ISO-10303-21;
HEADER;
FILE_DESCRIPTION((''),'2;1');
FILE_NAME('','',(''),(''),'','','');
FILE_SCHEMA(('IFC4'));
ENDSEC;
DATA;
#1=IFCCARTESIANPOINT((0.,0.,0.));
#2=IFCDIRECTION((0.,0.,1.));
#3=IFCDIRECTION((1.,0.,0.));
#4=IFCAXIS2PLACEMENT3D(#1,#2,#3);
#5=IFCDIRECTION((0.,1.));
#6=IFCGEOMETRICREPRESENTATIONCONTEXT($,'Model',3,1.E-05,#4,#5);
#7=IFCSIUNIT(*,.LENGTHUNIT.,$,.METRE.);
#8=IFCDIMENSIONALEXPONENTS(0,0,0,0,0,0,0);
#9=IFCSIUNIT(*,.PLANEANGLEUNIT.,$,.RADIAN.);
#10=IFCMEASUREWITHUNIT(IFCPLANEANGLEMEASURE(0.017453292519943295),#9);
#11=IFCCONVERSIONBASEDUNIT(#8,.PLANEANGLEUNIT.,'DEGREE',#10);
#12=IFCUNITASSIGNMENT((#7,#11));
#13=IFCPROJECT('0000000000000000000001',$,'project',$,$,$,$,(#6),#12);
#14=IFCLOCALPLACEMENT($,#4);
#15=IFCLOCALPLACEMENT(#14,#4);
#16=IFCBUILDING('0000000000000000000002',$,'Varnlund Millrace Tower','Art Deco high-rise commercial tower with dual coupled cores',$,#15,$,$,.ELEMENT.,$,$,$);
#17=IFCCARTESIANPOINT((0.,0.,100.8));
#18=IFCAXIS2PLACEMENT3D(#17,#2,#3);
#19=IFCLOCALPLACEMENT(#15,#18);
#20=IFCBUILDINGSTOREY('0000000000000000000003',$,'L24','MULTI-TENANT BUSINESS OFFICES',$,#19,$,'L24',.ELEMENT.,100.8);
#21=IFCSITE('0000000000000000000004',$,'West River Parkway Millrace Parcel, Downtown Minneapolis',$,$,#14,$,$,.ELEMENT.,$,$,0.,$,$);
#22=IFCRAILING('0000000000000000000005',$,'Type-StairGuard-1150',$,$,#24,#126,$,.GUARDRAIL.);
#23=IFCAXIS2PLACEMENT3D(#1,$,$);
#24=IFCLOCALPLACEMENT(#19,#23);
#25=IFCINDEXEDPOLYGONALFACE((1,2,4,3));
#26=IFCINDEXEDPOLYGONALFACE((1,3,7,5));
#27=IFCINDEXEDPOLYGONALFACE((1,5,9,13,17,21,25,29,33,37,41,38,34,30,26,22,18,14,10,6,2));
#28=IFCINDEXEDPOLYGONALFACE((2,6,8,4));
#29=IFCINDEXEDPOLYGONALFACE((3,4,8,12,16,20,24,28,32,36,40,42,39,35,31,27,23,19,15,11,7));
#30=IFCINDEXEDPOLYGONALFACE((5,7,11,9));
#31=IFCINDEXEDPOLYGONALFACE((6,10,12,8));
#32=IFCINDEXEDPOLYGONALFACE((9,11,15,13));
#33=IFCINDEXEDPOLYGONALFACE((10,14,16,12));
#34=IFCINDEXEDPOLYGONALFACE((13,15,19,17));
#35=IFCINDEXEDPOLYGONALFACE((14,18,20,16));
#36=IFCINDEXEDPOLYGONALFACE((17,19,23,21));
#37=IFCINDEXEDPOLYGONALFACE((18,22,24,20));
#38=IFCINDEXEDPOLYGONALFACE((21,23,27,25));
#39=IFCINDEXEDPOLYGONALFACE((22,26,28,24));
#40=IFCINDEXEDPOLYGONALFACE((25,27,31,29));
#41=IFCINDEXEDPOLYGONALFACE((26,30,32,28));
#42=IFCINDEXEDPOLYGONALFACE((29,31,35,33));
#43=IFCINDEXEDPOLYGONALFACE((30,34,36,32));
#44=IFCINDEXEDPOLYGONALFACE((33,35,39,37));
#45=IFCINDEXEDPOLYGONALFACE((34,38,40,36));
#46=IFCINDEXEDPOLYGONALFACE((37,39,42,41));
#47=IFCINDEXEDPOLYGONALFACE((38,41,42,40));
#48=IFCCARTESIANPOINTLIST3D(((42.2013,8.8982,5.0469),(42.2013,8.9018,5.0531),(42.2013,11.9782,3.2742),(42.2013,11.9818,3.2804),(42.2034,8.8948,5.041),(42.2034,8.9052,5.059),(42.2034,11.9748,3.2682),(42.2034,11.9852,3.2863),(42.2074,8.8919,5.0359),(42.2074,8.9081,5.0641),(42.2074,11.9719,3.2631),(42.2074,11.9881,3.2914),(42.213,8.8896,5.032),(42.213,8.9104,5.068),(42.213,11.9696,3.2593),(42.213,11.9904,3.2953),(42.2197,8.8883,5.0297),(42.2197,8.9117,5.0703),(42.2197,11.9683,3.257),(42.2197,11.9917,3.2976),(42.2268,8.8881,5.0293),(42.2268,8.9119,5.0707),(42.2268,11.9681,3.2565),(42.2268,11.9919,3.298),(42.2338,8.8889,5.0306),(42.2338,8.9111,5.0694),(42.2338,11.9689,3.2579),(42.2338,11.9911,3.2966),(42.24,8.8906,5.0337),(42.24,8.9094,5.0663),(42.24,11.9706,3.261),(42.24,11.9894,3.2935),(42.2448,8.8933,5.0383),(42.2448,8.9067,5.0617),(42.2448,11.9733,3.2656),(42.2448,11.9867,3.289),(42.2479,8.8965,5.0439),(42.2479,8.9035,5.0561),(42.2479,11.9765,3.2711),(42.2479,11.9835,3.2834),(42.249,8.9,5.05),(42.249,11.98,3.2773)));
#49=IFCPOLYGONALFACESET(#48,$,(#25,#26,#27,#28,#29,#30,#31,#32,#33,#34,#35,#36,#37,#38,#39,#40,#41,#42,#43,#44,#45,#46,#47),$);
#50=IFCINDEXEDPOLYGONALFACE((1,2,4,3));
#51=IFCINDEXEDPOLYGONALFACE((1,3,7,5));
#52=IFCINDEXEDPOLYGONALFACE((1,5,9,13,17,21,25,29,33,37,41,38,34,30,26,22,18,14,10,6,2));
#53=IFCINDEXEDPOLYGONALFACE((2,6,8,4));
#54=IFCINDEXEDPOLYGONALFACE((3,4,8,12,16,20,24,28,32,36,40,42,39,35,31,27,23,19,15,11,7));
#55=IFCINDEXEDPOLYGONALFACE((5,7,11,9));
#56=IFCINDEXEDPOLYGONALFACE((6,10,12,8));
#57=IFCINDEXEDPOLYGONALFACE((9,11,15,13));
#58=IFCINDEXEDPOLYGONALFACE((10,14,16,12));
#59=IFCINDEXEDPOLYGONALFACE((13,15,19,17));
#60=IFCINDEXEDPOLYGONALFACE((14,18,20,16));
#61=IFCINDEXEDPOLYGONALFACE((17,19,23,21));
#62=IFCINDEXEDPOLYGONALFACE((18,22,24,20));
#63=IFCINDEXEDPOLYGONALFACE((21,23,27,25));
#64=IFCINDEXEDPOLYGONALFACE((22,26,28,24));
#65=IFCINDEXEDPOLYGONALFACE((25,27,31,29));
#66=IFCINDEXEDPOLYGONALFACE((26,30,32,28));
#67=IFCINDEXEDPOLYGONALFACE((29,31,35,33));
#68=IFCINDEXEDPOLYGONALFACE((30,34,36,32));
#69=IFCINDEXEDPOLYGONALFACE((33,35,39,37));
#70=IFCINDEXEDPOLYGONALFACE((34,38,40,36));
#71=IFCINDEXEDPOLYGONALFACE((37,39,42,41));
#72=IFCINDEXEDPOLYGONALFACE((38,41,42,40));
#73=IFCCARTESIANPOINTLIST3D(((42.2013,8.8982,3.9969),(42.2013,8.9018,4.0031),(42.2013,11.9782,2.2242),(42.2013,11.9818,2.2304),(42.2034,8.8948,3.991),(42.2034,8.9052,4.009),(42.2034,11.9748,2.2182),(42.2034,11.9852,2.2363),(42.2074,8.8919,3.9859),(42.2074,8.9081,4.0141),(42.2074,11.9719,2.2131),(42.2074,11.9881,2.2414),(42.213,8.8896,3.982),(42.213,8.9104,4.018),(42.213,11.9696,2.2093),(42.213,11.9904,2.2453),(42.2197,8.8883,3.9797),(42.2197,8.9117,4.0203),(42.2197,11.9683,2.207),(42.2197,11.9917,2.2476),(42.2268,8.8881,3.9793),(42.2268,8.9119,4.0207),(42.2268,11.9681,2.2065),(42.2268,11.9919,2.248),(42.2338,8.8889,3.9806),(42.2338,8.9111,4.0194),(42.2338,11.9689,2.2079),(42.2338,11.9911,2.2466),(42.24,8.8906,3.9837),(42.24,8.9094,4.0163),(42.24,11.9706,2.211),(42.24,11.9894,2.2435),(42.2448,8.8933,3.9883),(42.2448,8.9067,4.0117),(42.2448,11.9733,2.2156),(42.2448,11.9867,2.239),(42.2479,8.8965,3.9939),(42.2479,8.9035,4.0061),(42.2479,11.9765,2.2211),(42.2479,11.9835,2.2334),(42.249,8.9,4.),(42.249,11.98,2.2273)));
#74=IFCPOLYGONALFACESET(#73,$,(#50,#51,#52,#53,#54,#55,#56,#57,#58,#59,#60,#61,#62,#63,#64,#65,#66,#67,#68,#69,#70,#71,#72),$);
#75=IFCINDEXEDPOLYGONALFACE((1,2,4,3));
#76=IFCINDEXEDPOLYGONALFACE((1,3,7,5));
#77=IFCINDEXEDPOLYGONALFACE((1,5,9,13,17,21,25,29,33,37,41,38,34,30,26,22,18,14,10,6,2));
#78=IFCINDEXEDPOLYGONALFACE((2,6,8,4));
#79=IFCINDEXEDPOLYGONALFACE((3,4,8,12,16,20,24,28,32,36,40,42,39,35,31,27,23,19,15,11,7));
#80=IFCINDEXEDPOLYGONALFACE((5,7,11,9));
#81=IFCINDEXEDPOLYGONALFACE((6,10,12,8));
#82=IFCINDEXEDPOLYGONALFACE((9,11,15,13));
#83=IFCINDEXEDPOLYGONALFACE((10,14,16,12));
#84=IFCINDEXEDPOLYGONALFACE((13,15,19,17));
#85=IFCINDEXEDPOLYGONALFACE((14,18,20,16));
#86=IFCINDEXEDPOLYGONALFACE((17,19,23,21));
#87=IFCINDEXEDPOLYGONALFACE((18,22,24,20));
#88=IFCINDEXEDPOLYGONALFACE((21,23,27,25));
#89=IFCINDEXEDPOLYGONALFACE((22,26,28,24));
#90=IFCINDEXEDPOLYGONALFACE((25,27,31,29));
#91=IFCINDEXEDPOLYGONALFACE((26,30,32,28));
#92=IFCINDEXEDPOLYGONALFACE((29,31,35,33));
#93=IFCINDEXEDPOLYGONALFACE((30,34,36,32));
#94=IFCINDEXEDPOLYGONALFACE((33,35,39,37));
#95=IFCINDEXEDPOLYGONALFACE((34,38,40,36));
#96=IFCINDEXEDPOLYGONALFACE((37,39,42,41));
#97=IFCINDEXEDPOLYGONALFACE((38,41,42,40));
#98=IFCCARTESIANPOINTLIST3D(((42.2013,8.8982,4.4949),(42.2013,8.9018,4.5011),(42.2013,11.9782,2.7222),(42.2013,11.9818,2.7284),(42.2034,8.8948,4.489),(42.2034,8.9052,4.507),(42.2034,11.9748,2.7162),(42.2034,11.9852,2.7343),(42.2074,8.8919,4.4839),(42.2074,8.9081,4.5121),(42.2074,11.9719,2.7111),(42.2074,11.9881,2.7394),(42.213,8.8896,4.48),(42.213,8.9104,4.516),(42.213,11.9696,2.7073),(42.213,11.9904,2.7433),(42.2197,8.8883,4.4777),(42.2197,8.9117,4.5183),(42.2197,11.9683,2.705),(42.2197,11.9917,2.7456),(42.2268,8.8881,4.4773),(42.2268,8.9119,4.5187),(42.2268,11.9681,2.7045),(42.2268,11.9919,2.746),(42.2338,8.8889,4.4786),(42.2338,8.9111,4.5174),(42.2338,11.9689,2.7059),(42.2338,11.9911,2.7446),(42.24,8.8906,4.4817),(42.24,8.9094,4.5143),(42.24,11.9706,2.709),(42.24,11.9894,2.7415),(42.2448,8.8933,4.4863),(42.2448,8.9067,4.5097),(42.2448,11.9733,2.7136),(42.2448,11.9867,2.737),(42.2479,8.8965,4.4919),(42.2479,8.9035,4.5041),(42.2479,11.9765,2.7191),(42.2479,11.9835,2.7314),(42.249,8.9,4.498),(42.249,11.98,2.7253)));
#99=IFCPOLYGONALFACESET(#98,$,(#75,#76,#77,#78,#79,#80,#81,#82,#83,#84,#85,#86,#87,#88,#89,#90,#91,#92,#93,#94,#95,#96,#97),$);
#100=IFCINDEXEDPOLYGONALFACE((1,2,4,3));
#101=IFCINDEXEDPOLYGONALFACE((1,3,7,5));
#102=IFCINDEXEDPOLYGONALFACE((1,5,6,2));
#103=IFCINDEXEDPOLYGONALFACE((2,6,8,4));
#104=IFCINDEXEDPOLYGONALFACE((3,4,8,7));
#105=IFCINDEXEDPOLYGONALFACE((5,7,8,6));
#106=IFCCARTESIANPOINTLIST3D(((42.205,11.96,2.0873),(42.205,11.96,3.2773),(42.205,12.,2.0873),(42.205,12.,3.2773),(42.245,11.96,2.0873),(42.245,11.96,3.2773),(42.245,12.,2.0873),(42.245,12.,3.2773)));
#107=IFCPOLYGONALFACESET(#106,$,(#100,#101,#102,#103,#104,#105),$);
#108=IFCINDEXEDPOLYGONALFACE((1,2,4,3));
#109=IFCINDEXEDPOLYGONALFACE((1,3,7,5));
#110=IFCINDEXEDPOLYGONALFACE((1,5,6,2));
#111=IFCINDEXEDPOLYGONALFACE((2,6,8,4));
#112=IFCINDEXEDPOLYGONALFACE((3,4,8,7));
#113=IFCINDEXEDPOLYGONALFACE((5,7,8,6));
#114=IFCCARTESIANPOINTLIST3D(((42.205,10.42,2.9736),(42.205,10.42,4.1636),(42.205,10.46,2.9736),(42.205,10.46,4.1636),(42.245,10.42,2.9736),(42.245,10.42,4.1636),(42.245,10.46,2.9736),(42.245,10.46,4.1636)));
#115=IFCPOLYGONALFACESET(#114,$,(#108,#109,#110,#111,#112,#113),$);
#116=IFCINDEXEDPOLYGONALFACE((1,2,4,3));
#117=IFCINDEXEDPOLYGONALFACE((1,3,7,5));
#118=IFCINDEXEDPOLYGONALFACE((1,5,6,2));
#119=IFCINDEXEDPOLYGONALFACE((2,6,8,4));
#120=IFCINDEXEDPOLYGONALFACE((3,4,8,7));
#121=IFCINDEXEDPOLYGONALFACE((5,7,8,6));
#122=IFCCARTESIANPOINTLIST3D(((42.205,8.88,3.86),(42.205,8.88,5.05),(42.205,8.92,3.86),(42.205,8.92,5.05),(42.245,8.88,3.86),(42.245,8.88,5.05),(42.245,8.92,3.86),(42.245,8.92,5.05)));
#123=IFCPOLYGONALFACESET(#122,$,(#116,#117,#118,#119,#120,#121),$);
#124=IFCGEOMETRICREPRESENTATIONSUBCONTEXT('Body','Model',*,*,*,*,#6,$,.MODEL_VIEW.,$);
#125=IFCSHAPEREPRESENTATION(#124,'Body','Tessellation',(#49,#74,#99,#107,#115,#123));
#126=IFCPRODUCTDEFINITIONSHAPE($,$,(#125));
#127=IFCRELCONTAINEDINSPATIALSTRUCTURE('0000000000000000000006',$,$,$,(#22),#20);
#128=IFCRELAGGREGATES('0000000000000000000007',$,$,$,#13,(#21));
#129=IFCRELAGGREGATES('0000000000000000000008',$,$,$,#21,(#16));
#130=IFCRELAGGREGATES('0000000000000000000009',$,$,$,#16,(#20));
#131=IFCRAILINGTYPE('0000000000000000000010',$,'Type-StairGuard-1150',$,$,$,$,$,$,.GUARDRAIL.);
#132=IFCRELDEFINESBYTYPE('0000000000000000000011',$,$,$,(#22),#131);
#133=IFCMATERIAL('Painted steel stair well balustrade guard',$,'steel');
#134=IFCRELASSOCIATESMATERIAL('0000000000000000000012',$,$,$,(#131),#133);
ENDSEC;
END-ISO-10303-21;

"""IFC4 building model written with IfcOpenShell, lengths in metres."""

from ifc_helpers import new_model, entity, si_unit, converted_unit, direction, frame, origin_with_axes, origin_2d_with_axis, place, context, subcontext, project, spatial, rectangle, circle, extrude, material, type_object, element, save


model = new_model("IFC4")

# Units and contexts
model_context = context("Model", 3, precision=1e-05, world=origin_with_axes(), true_north=direction((0.0, 1.0)))
body_context = subcontext(model_context, "Body", "Model", "MODEL_VIEW")
ifc_project = project(units=[si_unit("LENGTHUNIT", "METRE"), converted_unit("PLANEANGLEUNIT", "DEGREE", entity("IfcPlaneAngleMeasure", 0.017453292519943295), si_unit("PLANEANGLEUNIT", "RADIAN"), dimensions=[0, 0, 0, 0, 0, 0, 0])], contexts=[model_context])

# Site, building, storey
site_placement = place(None, origin_with_axes())
site = spatial("IfcSite", under=ifc_project, at=site_placement, Name="West River Parkway Millrace Parcel, Downtown Minneapolis", CompositionType="ELEMENT", RefElevation=0.0)
building_placement = place(site_placement, origin_with_axes())
building = spatial("IfcBuilding", under=site, at=building_placement, Name="Varnlund Millrace Tower", Description="Art Deco high-rise commercial tower with dual coupled cores", CompositionType="ELEMENT")
storey_placement = place(building_placement, frame((0.0, 0.0, 100.8), z_axis=(0.0, 0.0, 1.0), x_axis=(1.0, 0.0, 0.0)))
storey = spatial("IfcBuildingStorey", under=building, at=storey_placement, Name="L24", Description="MULTI-TENANT BUSINESS OFFICES", LongName="L24", CompositionType="ELEMENT", Elevation=100.8)

# Railing
ifc_material_1 = material(Name="Painted steel stair well balustrade guard", Category="steel")
railing_type_1 = type_object("IfcRailingType", Name="Type-StairGuard-1150", PredefinedType="GUARDRAIL", material=ifc_material_1)
railing_1_placement = place(storey_placement, frame((0.0, 0.0, -100.8), z_axis=(0.0, 0.0, 1.0), x_axis=(1.0, 0.0, 0.0)))
element("IfcRailing", 1, at=railing_1_placement, inside=storey, type_object=railing_type_1, Name="Type-StairGuard-1150", PredefinedType="GUARDRAIL", context=body_context, shape_type="SweptSolid", body=[
    extrude(circle(Radius=0.024, at=origin_2d_with_axis()), frame((42.225, 11.98, 104.0773), z_axis=(0.0, -0.866696, 0.498836), x_axis=(1.0, 0.0, 0.0)), (0.0, 0.0, 1.0), 3.5537),
    extrude(circle(Radius=0.024, at=origin_2d_with_axis()), frame((42.225, 11.98, 103.0273), z_axis=(0.0, -0.866696, 0.498836), x_axis=(1.0, 0.0, 0.0)), (0.0, 0.0, 1.0), 3.5537),
    extrude(circle(Radius=0.024, at=origin_2d_with_axis()), frame((42.225, 11.98, 103.5253), z_axis=(0.0, -0.866696, 0.498836), x_axis=(1.0, 0.0, 0.0)), (0.0, 0.0, 1.0), 3.5537),
    extrude(rectangle(XDim=0.04, YDim=0.04, at=origin_2d_with_axis()), frame((42.225, 11.98, 102.8873), z_axis=(0.0, 0.0, 1.0), x_axis=(1.0, 0.0, 0.0)), (0.0, 0.0, 1.0), 1.19),
    extrude(rectangle(XDim=0.04, YDim=0.04, at=origin_2d_with_axis()), frame((42.225, 10.44, 103.7736), z_axis=(0.0, 0.0, 1.0), x_axis=(1.0, 0.0, 0.0)), (0.0, 0.0, 1.0), 1.19),
    extrude(rectangle(XDim=0.04, YDim=0.04, at=origin_2d_with_axis()), frame((42.225, 8.9, 104.66), z_axis=(0.0, 0.0, 1.0), x_axis=(1.0, 0.0, 0.0)), (0.0, 0.0, 1.0), 1.19),
])

save(model, "model.ifc")
